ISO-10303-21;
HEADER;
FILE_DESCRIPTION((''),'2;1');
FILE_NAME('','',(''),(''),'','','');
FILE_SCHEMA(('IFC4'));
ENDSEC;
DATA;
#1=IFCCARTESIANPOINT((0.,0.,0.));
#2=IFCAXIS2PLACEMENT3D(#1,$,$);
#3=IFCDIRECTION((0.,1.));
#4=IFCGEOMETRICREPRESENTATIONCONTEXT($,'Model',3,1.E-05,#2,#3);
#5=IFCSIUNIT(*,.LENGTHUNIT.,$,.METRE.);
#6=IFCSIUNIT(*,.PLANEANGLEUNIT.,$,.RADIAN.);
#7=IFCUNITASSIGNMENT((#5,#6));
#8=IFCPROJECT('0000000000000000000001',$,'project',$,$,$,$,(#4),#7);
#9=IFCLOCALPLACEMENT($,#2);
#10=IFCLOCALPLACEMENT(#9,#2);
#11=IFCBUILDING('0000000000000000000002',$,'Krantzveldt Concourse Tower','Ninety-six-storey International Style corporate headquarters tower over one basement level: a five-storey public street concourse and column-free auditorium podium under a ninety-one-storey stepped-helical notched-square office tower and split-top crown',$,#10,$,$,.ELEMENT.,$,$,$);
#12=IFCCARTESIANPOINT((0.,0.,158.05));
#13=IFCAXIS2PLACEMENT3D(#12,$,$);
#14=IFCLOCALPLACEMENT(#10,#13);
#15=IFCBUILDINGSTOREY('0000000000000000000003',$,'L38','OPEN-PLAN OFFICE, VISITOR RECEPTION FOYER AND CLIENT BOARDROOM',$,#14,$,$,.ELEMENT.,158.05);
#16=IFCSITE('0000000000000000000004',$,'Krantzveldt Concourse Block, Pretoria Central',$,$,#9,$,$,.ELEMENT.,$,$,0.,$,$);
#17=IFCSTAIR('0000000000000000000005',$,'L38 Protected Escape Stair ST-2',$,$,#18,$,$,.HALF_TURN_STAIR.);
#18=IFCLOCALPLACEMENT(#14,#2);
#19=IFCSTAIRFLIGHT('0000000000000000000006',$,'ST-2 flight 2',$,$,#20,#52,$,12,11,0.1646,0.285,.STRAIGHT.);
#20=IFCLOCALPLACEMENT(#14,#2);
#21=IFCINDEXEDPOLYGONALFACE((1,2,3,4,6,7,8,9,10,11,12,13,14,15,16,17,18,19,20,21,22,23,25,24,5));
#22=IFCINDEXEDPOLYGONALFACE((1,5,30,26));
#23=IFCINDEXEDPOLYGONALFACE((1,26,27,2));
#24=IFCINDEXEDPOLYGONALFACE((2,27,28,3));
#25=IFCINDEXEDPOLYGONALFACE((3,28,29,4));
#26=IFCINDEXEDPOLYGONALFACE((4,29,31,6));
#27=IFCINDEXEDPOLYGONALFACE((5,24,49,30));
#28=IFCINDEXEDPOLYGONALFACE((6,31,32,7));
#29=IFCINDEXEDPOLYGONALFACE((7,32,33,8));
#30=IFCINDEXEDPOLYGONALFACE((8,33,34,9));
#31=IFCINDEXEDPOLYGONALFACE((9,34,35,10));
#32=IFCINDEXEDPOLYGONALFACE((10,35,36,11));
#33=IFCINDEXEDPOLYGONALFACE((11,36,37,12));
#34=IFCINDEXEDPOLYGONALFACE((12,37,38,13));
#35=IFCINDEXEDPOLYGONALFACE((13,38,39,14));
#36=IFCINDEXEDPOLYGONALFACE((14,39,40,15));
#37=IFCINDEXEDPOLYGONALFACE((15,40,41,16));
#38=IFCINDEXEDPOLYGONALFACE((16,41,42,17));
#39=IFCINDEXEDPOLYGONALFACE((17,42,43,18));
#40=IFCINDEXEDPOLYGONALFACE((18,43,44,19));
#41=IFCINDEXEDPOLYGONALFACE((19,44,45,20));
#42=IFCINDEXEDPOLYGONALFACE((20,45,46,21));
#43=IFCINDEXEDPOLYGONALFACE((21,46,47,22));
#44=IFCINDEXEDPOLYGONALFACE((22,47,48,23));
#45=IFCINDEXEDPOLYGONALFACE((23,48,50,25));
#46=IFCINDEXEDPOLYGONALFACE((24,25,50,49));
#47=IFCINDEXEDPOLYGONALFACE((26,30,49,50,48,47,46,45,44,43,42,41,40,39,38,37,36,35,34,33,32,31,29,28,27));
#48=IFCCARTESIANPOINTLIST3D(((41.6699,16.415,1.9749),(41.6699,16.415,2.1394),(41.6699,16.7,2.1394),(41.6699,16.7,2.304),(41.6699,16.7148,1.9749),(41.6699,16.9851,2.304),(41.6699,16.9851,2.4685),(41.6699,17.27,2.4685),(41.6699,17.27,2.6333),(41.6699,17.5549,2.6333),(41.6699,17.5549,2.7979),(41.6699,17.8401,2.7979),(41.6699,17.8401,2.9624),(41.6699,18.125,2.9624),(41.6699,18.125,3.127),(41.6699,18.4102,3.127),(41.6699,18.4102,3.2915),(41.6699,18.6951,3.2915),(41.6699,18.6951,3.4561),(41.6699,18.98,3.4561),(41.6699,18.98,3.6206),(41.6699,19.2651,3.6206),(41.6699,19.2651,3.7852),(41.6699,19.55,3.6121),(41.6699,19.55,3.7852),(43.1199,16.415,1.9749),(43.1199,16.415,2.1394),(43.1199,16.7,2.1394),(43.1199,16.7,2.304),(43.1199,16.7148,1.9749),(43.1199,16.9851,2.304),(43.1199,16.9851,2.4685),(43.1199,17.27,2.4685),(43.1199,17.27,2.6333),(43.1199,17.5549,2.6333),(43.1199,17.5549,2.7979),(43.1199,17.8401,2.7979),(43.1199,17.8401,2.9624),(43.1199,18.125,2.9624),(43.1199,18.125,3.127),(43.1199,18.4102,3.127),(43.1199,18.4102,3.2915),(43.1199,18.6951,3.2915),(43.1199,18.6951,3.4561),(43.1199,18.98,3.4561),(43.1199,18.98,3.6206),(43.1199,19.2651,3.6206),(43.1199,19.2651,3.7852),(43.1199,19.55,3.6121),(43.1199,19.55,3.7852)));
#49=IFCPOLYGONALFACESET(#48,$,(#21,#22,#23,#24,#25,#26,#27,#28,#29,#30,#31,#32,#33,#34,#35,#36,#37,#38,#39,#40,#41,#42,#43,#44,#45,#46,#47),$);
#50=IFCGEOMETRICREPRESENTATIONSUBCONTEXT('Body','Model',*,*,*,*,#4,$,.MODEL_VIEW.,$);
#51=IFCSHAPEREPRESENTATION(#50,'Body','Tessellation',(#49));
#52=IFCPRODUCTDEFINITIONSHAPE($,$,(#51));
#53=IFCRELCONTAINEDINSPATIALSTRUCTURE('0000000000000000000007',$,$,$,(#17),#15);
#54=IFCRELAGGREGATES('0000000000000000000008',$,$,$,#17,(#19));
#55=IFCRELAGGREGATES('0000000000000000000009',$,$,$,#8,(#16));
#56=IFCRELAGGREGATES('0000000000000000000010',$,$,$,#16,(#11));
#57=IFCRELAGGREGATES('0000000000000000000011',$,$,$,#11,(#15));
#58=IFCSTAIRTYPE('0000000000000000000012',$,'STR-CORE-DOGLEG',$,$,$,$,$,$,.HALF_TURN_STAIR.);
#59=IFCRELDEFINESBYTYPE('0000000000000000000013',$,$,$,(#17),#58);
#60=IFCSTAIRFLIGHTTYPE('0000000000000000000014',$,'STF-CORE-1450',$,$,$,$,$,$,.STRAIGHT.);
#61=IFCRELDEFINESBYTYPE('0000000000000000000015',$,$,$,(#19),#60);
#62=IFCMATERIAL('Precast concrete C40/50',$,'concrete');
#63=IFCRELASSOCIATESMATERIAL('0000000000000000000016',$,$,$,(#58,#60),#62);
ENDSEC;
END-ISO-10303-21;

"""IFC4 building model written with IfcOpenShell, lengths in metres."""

from ifc_helpers import new_model, si_unit, direction, frame, origin, place, context, subcontext, project, spatial, polyline, outline, extrude, material, type_object, element, aggregate, save


model = new_model("IFC4")

# Units and contexts
model_context = context("Model", 3, precision=1e-05, world=origin(), true_north=direction((0.0, 1.0)))
body_context = subcontext(model_context, "Body", "Model", "MODEL_VIEW")
ifc_project = project(units=[si_unit("LENGTHUNIT", "METRE"), si_unit("PLANEANGLEUNIT", "RADIAN")], contexts=[model_context])

# Site, building, storey
site_placement = place(None, origin())
site = spatial("IfcSite", under=ifc_project, at=site_placement, Name="Krantzveldt Concourse Block, Pretoria Central", CompositionType="ELEMENT", RefElevation=0.0)
building_placement = place(site_placement, origin())
building = spatial("IfcBuilding", under=site, at=building_placement, Name="Krantzveldt Concourse Tower", Description="Ninety-six-storey International Style corporate headquarters tower over one basement level: a five-storey public street concourse and column-free auditorium podium under a ninety-one-storey stepped-helical notched-square office tower and split-top crown", CompositionType="ELEMENT")
storey_placement = place(building_placement, frame((0.0, 0.0, 158.05)))
storey = spatial("IfcBuildingStorey", under=building, at=storey_placement, Name="L38", Description="OPEN-PLAN OFFICE, VISITOR RECEPTION FOYER AND CLIENT BOARDROOM", CompositionType="ELEMENT", Elevation=158.05)

# Stair, stair flight
ifc_material_1 = material(Name="Precast concrete C40/50", Category="concrete")
stair_type = type_object("IfcStairType", Name="STR-CORE-DOGLEG", PredefinedType="HALF_TURN_STAIR", material=ifc_material_1)
stair_placement = place(storey_placement, origin())
stair = element("IfcStair", 1, at=stair_placement, inside=storey, type_object=stair_type, Name="L38 Protected Escape Stair ST-2", PredefinedType="HALF_TURN_STAIR")
stair_flight_type = type_object("IfcStairFlightType", Name="STF-CORE-1450", PredefinedType="STRAIGHT", material=ifc_material_1)
stair_flight_1_placement = place(storey_placement, frame((42.395, 16.415, 1.9749), z_axis=(0.0, 0.0, 1.0), x_axis=(0.0, 1.0, 0.0)))
stair_flight_1 = element("IfcStairFlight", 2, at=stair_flight_1_placement, type_object=stair_flight_type, Name="ST-2 flight 2", NumberOfRisers=12, NumberOfTreads=11, PredefinedType="STRAIGHT", RiserHeight=0.1646, TreadLength=0.285, context=body_context, shape_type="SweptSolid", body=[
    extrude(outline(polyline([(0.0, 0.0), (0.0, 0.1646), (0.2849, 0.1646), (0.2849, 0.3291), (0.5701, 0.3291), (0.5701, 0.4937), (0.855, 0.4937), (0.855, 0.6584), (1.1399, 0.6584), (1.1399, 0.823), (1.425, 0.823), (1.425, 0.9875), (1.71, 0.9875), (1.71, 1.1521), (1.9951, 1.1521), (1.9951, 1.3167), (2.28, 1.3167), (2.28, 1.4812), (2.5649, 1.4812), (2.5649, 1.6458), (2.8501, 1.6458), (2.8501, 1.8103), (3.135, 1.8103), (3.135, 1.9751), (3.135, 1.6372), (0.2998, 0.0), (0.0, 0.0)])), frame((0.0, 0.7251, 0.0), z_axis=(0.0, -1.0, 0.0), x_axis=(1.0, 0.0, 0.0)), (0.0, 0.0, 1.0), 1.45),
])
aggregate(stair, [stair_flight_1])

save(model, "model.ifc")
